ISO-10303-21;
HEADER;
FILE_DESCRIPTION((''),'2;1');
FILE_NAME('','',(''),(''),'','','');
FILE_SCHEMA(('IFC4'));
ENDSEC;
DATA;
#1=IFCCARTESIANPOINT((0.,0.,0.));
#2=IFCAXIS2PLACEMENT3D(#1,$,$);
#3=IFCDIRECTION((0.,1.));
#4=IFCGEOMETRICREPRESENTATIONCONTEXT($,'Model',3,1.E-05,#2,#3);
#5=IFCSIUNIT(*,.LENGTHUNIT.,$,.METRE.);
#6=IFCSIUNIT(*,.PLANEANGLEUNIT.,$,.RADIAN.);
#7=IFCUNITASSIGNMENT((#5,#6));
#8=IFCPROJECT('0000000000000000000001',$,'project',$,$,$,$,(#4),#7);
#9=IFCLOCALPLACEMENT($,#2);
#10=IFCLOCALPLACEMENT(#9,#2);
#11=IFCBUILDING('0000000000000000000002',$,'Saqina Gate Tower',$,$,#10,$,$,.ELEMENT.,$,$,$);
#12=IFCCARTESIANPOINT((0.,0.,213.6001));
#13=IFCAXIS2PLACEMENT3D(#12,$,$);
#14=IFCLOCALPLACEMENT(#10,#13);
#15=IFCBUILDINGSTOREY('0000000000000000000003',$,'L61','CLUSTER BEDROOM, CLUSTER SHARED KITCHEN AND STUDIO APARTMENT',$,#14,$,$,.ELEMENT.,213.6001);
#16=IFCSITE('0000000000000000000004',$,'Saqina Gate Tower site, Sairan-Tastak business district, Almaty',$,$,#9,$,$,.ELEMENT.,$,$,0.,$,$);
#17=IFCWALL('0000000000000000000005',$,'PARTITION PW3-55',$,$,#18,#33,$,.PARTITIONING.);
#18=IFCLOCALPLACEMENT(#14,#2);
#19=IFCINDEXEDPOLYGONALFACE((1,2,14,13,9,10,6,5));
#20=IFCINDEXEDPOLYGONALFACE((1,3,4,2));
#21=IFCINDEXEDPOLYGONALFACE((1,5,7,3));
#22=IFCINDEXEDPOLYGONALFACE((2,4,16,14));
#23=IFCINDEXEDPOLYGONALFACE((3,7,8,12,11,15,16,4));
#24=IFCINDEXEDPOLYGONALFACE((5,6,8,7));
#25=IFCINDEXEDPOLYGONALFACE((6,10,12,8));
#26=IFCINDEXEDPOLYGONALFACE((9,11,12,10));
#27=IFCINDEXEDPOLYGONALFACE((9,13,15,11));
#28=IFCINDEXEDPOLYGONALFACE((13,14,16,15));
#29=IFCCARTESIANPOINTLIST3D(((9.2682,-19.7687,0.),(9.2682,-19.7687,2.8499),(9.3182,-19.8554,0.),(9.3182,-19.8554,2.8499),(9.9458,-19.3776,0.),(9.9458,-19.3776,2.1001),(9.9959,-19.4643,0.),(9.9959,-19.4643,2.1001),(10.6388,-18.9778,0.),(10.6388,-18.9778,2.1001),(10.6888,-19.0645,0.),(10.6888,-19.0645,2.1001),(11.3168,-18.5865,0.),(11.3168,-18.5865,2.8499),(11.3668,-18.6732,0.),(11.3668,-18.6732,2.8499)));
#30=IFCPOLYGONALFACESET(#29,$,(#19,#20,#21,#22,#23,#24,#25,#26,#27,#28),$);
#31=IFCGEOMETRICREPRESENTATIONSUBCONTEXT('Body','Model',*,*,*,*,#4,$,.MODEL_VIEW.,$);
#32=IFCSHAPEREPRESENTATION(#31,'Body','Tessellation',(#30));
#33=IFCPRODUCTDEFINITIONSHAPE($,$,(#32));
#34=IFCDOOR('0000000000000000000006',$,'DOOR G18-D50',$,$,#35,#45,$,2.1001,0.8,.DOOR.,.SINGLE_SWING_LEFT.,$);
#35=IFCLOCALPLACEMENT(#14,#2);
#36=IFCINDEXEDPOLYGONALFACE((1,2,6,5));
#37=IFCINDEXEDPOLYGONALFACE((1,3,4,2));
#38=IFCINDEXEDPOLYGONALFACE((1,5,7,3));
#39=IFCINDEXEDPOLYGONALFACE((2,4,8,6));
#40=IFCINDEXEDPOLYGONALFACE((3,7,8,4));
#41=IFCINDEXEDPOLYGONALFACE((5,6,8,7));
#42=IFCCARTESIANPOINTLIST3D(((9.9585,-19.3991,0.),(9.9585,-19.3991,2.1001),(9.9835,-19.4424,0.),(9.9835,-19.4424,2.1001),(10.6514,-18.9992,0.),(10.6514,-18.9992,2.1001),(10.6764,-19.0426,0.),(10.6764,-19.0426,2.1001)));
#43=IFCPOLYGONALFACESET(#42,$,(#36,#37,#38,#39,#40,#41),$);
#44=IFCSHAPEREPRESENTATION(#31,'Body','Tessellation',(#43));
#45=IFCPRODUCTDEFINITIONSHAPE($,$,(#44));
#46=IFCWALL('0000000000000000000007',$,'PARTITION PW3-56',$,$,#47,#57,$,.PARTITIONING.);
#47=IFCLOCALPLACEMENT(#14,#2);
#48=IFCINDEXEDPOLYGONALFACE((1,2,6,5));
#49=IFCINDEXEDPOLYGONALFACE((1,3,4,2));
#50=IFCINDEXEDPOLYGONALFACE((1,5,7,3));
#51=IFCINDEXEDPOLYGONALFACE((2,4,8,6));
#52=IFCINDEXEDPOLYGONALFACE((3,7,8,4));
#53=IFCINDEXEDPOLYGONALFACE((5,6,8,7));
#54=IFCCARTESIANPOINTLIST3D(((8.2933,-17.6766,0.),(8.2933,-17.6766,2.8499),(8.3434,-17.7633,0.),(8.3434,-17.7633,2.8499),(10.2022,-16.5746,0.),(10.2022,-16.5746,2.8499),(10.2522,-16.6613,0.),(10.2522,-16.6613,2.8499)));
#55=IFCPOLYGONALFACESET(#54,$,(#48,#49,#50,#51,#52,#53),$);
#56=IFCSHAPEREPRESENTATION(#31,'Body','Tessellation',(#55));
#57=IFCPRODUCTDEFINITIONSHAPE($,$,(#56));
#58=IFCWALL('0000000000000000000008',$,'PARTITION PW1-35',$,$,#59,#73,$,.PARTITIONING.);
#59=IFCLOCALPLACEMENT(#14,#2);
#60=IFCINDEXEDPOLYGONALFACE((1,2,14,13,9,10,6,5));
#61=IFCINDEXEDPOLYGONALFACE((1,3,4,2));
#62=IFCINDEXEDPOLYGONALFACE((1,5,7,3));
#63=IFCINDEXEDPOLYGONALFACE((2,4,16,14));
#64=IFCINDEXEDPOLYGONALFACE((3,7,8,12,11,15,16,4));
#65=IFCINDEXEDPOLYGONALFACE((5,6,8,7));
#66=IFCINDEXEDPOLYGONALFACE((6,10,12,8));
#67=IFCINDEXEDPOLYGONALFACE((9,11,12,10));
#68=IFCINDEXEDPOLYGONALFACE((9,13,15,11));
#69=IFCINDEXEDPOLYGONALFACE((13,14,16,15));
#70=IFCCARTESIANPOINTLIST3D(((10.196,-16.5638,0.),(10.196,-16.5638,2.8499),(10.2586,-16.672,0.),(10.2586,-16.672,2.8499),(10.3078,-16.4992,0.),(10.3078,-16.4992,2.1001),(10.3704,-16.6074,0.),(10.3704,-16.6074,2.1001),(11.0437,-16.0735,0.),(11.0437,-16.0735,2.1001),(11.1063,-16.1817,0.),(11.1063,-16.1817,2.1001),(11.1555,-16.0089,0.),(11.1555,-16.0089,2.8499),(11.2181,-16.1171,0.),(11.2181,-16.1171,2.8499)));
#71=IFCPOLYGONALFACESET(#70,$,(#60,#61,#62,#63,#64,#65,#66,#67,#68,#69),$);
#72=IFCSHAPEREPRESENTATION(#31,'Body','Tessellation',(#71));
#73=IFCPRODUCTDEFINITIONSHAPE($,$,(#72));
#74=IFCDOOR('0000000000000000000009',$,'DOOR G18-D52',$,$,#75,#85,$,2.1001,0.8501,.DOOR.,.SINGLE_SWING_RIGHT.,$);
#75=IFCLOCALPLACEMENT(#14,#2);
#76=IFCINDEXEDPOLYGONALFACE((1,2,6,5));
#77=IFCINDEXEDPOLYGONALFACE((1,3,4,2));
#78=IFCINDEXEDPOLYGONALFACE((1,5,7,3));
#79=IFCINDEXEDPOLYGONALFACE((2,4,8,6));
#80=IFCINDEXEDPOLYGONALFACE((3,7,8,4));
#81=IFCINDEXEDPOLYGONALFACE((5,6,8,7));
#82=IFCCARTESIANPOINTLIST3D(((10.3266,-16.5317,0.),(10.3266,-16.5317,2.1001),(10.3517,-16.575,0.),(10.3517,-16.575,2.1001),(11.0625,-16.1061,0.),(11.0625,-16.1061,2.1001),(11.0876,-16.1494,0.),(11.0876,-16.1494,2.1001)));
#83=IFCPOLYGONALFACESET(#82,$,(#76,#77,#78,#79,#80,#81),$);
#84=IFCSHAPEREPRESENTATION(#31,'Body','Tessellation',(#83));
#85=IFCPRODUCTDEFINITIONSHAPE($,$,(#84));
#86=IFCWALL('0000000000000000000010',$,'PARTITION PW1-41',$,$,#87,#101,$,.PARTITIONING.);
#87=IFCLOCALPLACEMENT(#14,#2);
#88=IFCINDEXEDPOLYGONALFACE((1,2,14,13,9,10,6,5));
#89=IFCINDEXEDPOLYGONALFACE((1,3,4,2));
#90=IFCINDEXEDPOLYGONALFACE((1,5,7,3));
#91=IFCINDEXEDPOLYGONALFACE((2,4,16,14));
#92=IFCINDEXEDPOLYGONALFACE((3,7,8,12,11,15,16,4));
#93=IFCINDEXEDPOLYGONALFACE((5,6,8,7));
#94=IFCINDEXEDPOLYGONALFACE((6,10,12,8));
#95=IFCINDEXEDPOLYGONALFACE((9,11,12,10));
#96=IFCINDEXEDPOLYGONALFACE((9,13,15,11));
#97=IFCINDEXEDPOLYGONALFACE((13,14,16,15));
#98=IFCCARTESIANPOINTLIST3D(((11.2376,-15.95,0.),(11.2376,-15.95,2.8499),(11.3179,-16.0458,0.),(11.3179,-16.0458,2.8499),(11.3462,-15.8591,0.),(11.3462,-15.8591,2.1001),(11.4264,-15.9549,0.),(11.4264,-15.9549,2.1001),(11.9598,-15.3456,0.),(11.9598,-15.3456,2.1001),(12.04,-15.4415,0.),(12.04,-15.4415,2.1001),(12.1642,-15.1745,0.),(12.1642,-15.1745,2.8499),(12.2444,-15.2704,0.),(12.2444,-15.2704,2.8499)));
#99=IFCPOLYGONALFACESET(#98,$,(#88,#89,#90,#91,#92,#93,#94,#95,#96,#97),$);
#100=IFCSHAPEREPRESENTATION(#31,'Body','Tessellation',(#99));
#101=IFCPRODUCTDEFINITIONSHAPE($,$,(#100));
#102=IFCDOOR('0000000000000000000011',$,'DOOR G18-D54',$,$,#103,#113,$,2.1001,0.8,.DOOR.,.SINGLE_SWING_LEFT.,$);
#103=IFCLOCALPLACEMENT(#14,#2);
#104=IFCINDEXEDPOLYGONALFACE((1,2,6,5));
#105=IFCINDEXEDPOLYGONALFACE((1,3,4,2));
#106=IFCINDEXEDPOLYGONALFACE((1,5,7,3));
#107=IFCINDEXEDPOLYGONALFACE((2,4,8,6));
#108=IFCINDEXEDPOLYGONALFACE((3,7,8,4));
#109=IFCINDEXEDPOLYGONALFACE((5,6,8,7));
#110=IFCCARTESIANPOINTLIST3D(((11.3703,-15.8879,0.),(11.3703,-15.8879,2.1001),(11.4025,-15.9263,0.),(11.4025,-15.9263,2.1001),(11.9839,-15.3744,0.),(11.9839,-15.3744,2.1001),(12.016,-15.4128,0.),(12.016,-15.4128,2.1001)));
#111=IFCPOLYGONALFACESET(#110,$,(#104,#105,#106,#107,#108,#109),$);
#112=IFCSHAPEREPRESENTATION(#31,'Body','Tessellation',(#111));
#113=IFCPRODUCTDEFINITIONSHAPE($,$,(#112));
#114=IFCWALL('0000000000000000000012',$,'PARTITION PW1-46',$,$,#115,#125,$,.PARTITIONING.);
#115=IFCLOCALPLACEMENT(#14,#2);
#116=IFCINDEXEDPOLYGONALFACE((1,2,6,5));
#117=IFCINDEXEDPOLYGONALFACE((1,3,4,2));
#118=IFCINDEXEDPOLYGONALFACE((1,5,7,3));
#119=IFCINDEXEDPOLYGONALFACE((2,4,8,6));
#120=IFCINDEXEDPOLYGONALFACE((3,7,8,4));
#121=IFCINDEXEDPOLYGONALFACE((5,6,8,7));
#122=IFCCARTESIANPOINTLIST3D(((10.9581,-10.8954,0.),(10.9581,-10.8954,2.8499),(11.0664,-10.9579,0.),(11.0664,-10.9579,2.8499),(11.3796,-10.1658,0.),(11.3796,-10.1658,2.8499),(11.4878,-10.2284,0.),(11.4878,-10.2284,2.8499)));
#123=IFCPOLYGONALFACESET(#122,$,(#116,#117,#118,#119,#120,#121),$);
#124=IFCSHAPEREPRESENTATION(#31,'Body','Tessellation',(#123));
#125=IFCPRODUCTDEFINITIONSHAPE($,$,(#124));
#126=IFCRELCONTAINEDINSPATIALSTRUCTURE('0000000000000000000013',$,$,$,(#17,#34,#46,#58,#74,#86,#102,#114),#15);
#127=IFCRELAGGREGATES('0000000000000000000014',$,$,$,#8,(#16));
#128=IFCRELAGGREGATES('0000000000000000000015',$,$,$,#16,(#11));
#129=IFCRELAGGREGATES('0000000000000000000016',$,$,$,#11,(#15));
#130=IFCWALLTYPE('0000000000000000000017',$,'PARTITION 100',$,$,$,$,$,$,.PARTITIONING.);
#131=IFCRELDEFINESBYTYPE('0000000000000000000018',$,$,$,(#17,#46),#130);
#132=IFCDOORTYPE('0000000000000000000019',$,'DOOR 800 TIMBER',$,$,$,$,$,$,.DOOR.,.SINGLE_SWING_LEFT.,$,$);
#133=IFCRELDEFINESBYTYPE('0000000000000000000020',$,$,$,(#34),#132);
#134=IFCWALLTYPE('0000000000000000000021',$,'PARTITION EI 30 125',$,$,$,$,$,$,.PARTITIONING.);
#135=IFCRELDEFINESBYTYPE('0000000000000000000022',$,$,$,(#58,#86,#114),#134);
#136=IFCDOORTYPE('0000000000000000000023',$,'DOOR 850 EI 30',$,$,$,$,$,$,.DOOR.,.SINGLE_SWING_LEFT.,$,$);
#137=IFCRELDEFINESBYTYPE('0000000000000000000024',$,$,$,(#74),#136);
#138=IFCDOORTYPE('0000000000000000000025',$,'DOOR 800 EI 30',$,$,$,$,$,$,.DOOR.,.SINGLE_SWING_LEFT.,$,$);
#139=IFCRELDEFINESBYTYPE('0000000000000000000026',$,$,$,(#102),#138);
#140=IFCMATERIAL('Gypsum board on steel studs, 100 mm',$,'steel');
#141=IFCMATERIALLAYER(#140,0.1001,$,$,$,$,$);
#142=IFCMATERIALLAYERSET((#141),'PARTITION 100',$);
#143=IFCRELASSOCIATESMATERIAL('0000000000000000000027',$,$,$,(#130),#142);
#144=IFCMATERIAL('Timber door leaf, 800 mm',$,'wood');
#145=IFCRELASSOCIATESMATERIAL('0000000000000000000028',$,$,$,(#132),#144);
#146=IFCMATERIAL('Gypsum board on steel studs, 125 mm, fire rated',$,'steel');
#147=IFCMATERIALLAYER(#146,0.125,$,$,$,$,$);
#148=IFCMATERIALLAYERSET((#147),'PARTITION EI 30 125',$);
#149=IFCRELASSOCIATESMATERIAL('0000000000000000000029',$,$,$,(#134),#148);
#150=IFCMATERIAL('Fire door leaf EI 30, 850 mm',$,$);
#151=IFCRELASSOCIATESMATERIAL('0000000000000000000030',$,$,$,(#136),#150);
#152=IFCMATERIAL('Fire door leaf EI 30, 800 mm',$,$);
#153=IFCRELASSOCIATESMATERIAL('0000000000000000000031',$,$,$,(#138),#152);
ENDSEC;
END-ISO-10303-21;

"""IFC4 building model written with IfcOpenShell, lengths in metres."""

from ifc_helpers import new_model, si_unit, direction, frame, frame_2d, origin, place, context, subcontext, project, spatial, rectangle, extrude, material, layer, layer_set, type_object, element, fill, save


model = new_model("IFC4")

# Units and contexts
model_context = context("Model", 3, precision=1e-05, world=origin(), true_north=direction((0.0, 1.0)))
body_context = subcontext(model_context, "Body", "Model", "MODEL_VIEW")
ifc_project = project(units=[si_unit("LENGTHUNIT", "METRE"), si_unit("PLANEANGLEUNIT", "RADIAN")], contexts=[model_context])

# Site, building, storey
site_placement = place(None, origin())
site = spatial("IfcSite", under=ifc_project, at=site_placement, Name="Saqina Gate Tower site, Sairan-Tastak business district, Almaty", CompositionType="ELEMENT", RefElevation=0.0)
building_placement = place(site_placement, origin())
building = spatial("IfcBuilding", under=site, at=building_placement, Name="Saqina Gate Tower", CompositionType="ELEMENT")
storey_placement = place(building_placement, frame((0.0, 0.0, 213.6001)))
storey = spatial("IfcBuildingStorey", under=building, at=storey_placement, Name="L61", Description="CLUSTER BEDROOM, CLUSTER SHARED KITCHEN AND STUDIO APARTMENT", CompositionType="ELEMENT", Elevation=213.6001)

# Shared definitions
ifc_material_1 = material(Name="Gypsum board on steel studs, 100 mm", Category="steel")
ifc_layer_1 = layer(ifc_material_1, 0.1001)
ifc_layer_set_1 = layer_set([ifc_layer_1], Name="PARTITION 100")
wall_type_1 = type_object("IfcWallType", Name="PARTITION 100", PredefinedType="PARTITIONING", material=ifc_layer_set_1)

# Wall, opening, door
ifc_material_2 = material(Name="Timber door leaf, 800 mm", Category="wood")
door_type_1 = type_object("IfcDoorType", Name="DOOR 800 TIMBER", OperationType="SINGLE_SWING_LEFT", PredefinedType="DOOR", material=ifc_material_2)
wall_1_placement = place(storey_placement, frame((9.2932, -19.812, 0.0), z_axis=(0.0, 0.0, 1.0), x_axis=(0.866139, 0.499803, 0.0)))
wall_1 = element("IfcWall", 1, at=wall_1_placement, inside=storey, type_object=wall_type_1, Name="PARTITION PW3-55", PredefinedType="PARTITIONING", context=body_context, shape_type="SweptSolid", body=[
    extrude(rectangle(XDim=2.3652, YDim=0.1001, at=frame_2d((1.1826, 0.0))), origin(), (0.0, 0.0, 1.0), 2.8499),
])
opening_1_placement = place(wall_1_placement, frame((0.7825, 0.0, 0.0)))
opening_1 = element("IfcOpeningElement", 2, at=opening_1_placement, cuts=wall_1, PredefinedType="OPENING", context=body_context, shape_type="SweptSolid", body=[
    extrude(rectangle(XDim=0.8, YDim=2.1001, at=frame_2d((0.3999, 1.05))), frame((0.0, 0.062, 0.0), z_axis=(0.0, -1.0, 0.0), x_axis=(1.0, 0.0, 0.0)), (0.0, 0.0, 1.0), 0.124),
])
door_1_placement = place(opening_1_placement, frame((0.8, 0.0, 0.0), z_axis=(0.0, 0.0, 1.0), x_axis=(-1.0, 0.0, 0.0)))
door_1 = element("IfcDoor", 3, at=door_1_placement, inside=storey, type_object=door_type_1, Name="DOOR G18-D50", OperationType="SINGLE_SWING_LEFT", OverallHeight=2.1001, OverallWidth=0.8, PredefinedType="DOOR", context=body_context, shape_type="SweptSolid", body=[
    extrude(rectangle(XDim=0.8, YDim=2.1001, at=frame_2d((0.3999, 1.05))), frame((0.0, 0.0249, 0.0), z_axis=(0.0, -1.0, 0.0), x_axis=(1.0, 0.0, 0.0)), (0.0, 0.0, 1.0), 0.05),
])
fill(opening_1, door_1)

# Wall
wall_2_placement = place(storey_placement, frame((8.3184, -17.72, 0.0), z_axis=(0.0, 0.0, 1.0), x_axis=(0.86604, 0.499975, 0.0)))
element("IfcWall", 4, at=wall_2_placement, inside=storey, type_object=wall_type_1, Name="PARTITION PW3-56", PredefinedType="PARTITIONING", context=body_context, shape_type="SweptSolid", body=[
    extrude(rectangle(XDim=2.2041, YDim=0.1001, at=frame_2d((1.1021, 0.0))), origin(), (0.0, 0.0, 1.0), 2.8499),
])

# Walls, openings, doors
ifc_material_3 = material(Name="Gypsum board on steel studs, 125 mm, fire rated", Category="steel")
ifc_layer_2 = layer(ifc_material_3, 0.125)
ifc_layer_set_2 = layer_set([ifc_layer_2], Name="PARTITION EI 30 125")
wall_type_2 = type_object("IfcWallType", Name="PARTITION EI 30 125", PredefinedType="PARTITIONING", material=ifc_layer_set_2)
wall_3_placement = place(storey_placement, frame((10.2273, -16.6179, 0.0), z_axis=(0.0, 0.0, 1.0), x_axis=(0.865642, 0.500663, 0.0)))
wall_3 = element("IfcWall", 5, at=wall_3_placement, inside=storey, type_object=wall_type_2, Name="PARTITION PW1-35", PredefinedType="PARTITIONING", context=body_context, shape_type="SweptSolid", body=[
    extrude(rectangle(XDim=1.1084, YDim=0.125, at=frame_2d((0.5542, 0.0))), origin(), (0.0, 0.0, 1.0), 2.8499),
])
opening_2_placement = place(wall_3_placement, frame((0.1292, 0.0, 0.0)))
opening_2 = element("IfcOpeningElement", 6, at=opening_2_placement, cuts=wall_3, PredefinedType="OPENING", context=body_context, shape_type="SweptSolid", body=[
    extrude(rectangle(XDim=0.8501, YDim=2.1001, at=frame_2d((0.425, 1.05))), frame((0.0, 0.0745, 0.0), z_axis=(0.0, -1.0, 0.0), x_axis=(1.0, 0.0, 0.0)), (0.0, 0.0, 1.0), 0.1489),
])
ifc_material_4 = material(Name="Fire door leaf EI 30, 850 mm")
door_type_2 = type_object("IfcDoorType", Name="DOOR 850 EI 30", OperationType="SINGLE_SWING_LEFT", PredefinedType="DOOR", material=ifc_material_4)
door_2_placement = place(opening_2_placement, origin())
door_2 = element("IfcDoor", 7, at=door_2_placement, inside=storey, type_object=door_type_2, Name="DOOR G18-D52", OperationType="SINGLE_SWING_RIGHT", OverallHeight=2.1001, OverallWidth=0.8501, PredefinedType="DOOR", context=body_context, shape_type="SweptSolid", body=[
    extrude(rectangle(XDim=0.8501, YDim=2.1001, at=frame_2d((0.425, 1.05))), frame((0.0, 0.0249, 0.0), z_axis=(0.0, -1.0, 0.0), x_axis=(1.0, 0.0, 0.0)), (0.0, 0.0, 1.0), 0.05),
])
fill(opening_2, door_2)
wall_4_placement = place(storey_placement, frame((11.2778, -15.9978, 0.0), z_axis=(0.0, 0.0, 1.0), x_axis=(0.766878, 0.641793, 0.0)))
wall_4 = element("IfcWall", 8, at=wall_4_placement, inside=storey, type_object=wall_type_2, Name="PARTITION PW1-41", PredefinedType="PARTITIONING", context=body_context, shape_type="SweptSolid", body=[
    extrude(rectangle(XDim=1.2083, YDim=0.125, at=frame_2d((0.604, 0.0))), origin(), (0.0, 0.0, 1.0), 2.8499),
])
opening_3_placement = place(wall_4_placement, frame((0.1416, 0.0, 0.0)))
opening_3 = element("IfcOpeningElement", 9, at=opening_3_placement, cuts=wall_4, PredefinedType="OPENING", context=body_context, shape_type="SweptSolid", body=[
    extrude(rectangle(XDim=0.8, YDim=2.1001, at=frame_2d((0.3999, 1.05))), frame((0.0, 0.0745, 0.0), z_axis=(0.0, -1.0, 0.0), x_axis=(1.0, 0.0, 0.0)), (0.0, 0.0, 1.0), 0.1489),
])
ifc_material_5 = material(Name="Fire door leaf EI 30, 800 mm")
door_type_3 = type_object("IfcDoorType", Name="DOOR 800 EI 30", OperationType="SINGLE_SWING_LEFT", PredefinedType="DOOR", material=ifc_material_5)
door_3_placement = place(opening_3_placement, origin())
door_3 = element("IfcDoor", 10, at=door_3_placement, inside=storey, type_object=door_type_3, Name="DOOR G18-D54", OperationType="SINGLE_SWING_LEFT", OverallHeight=2.1001, OverallWidth=0.8, PredefinedType="DOOR", context=body_context, shape_type="SweptSolid", body=[
    extrude(rectangle(XDim=0.8, YDim=2.1001, at=frame_2d((0.3999, 1.05))), frame((0.0, 0.0249, 0.0), z_axis=(0.0, -1.0, 0.0), x_axis=(1.0, 0.0, 0.0)), (0.0, 0.0, 1.0), 0.05),
])
fill(opening_3, door_3)

# Wall
wall_5_placement = place(storey_placement, frame((11.0122, -10.9268, 0.0), z_axis=(0.0, 0.0, 1.0), x_axis=(0.500191, 0.865915, 0.0)))
element("IfcWall", 11, at=wall_5_placement, inside=storey, type_object=wall_type_2, Name="PARTITION PW1-46", PredefinedType="PARTITIONING", context=body_context, shape_type="SweptSolid", body=[
    extrude(rectangle(XDim=0.8425, YDim=0.125, at=frame_2d((0.4214, 0.0))), origin(), (0.0, 0.0, 1.0), 2.8499),
])

save(model, "model.ifc")
